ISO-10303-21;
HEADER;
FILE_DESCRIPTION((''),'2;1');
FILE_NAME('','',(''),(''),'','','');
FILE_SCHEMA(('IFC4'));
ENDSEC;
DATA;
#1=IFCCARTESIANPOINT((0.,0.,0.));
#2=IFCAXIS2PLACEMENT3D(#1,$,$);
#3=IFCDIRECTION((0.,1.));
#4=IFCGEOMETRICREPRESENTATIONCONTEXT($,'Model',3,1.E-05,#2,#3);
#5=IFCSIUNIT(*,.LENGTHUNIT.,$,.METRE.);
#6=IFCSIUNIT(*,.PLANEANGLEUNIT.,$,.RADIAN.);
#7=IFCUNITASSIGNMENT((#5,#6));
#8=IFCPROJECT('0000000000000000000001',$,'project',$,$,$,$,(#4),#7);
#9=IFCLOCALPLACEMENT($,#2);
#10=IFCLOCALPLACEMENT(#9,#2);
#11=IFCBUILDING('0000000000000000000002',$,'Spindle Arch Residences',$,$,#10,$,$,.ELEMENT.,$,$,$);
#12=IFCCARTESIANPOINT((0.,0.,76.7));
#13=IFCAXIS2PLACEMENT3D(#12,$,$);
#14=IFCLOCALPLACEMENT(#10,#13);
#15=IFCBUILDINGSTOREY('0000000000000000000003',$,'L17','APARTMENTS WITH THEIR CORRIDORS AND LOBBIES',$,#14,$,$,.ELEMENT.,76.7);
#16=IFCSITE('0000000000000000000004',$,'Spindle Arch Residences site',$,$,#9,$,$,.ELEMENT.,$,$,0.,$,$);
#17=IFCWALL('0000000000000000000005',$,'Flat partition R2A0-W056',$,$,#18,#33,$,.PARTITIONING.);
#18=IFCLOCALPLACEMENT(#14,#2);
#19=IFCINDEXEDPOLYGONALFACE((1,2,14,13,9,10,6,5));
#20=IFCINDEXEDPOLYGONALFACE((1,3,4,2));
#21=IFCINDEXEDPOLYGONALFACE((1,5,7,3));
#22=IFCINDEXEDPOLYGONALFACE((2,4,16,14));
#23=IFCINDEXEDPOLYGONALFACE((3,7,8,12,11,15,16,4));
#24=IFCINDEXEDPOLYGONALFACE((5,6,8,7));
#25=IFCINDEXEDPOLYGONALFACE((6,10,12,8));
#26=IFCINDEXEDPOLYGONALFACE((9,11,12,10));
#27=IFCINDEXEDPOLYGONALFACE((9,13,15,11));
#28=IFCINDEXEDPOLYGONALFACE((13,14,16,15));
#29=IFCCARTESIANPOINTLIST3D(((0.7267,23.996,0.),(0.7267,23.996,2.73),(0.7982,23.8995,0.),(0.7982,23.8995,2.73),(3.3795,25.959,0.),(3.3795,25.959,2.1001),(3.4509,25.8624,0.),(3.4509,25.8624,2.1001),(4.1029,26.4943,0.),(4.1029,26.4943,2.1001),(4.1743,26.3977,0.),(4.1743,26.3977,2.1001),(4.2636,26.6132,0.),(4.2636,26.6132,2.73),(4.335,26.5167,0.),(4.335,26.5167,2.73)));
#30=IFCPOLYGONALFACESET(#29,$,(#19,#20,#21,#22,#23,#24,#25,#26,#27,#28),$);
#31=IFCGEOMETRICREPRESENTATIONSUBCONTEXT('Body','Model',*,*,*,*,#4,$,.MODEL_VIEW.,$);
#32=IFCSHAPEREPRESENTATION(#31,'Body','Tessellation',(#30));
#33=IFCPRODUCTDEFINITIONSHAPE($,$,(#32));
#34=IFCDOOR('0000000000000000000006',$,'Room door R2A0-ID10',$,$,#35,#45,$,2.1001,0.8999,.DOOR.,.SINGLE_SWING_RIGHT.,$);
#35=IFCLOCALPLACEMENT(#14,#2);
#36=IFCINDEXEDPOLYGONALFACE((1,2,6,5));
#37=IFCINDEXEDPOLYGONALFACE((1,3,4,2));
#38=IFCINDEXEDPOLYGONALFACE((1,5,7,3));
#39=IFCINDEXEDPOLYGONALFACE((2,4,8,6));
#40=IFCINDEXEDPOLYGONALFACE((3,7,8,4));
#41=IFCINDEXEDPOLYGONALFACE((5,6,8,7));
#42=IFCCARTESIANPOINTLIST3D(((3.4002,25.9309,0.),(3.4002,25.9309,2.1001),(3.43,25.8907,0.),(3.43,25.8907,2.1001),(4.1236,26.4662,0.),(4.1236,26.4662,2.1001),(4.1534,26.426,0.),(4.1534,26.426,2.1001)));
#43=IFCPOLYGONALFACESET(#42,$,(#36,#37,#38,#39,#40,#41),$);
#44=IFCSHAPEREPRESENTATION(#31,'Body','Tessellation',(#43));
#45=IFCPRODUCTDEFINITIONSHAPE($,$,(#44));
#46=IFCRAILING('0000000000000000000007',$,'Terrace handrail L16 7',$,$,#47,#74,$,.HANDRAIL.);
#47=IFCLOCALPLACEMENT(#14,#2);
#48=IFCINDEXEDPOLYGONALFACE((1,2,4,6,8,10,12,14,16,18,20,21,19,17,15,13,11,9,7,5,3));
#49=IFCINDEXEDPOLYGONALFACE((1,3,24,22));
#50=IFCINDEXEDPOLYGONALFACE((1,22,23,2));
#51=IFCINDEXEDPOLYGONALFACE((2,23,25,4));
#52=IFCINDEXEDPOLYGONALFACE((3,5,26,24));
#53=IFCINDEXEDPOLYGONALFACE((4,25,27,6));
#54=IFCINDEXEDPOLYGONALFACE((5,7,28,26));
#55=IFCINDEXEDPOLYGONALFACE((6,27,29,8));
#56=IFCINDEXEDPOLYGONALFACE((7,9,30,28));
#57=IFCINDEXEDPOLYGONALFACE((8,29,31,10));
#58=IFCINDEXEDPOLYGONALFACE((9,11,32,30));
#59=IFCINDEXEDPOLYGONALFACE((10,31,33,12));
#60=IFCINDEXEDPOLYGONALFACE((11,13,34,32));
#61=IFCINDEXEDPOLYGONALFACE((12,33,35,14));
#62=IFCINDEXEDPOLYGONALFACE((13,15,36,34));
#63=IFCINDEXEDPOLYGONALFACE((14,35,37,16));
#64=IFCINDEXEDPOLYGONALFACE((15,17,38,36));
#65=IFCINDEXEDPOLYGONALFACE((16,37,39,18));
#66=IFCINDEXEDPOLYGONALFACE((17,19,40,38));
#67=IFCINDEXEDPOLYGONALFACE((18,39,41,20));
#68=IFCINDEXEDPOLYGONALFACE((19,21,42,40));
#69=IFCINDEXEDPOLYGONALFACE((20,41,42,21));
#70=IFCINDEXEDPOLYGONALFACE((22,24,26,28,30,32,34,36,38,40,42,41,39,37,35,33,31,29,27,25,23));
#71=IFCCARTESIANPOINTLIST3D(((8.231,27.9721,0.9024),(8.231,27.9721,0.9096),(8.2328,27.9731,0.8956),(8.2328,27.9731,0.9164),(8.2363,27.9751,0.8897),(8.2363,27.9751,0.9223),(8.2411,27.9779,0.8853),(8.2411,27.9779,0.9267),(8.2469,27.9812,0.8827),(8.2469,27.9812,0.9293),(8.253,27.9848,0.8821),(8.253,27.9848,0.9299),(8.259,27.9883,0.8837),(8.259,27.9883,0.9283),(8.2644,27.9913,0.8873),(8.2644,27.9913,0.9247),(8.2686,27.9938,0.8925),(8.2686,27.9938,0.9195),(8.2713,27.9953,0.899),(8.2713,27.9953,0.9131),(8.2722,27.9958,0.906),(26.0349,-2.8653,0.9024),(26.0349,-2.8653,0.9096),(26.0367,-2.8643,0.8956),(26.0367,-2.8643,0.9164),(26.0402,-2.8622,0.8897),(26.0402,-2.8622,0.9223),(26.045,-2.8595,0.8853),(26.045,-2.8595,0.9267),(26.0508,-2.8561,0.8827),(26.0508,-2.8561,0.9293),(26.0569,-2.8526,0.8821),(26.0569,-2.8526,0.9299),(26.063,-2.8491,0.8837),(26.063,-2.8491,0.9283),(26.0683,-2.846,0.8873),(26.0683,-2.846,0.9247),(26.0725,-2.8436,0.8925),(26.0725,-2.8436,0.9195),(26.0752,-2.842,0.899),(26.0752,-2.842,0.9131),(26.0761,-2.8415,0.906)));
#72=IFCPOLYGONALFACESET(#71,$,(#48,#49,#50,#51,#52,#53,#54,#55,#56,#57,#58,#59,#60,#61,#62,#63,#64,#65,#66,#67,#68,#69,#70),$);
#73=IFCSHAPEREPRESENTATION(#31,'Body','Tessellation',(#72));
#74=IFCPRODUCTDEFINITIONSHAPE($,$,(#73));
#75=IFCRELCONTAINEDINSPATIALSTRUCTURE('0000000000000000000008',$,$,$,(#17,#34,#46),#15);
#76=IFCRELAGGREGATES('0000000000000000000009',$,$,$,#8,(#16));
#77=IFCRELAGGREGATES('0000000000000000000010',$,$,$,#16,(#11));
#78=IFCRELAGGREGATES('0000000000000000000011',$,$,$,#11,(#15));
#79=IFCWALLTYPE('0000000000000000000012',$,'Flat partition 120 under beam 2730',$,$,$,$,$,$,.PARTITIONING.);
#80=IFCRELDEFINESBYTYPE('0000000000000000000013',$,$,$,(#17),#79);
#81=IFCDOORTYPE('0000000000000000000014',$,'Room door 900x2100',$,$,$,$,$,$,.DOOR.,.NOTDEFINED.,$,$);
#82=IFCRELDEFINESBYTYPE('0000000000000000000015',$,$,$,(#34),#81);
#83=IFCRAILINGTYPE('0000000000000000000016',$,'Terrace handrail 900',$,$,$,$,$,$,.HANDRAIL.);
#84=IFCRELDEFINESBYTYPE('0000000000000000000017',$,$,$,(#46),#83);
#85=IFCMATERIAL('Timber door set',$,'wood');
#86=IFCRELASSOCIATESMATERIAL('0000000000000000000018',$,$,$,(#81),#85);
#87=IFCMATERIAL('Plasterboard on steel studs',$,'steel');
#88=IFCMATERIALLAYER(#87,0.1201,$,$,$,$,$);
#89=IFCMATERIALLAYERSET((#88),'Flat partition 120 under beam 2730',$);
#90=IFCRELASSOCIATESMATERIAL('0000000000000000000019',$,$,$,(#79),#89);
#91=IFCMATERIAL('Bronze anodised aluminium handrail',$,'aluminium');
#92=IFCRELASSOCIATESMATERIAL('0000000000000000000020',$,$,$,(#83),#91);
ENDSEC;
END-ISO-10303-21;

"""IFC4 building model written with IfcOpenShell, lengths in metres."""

from ifc_helpers import new_model, si_unit, direction, frame, frame_2d, origin, origin_2d, place, context, subcontext, project, spatial, rectangle, circle, extrude, material, layer, layer_set, type_object, element, fill, save


model = new_model("IFC4")

# Units and contexts
model_context = context("Model", 3, precision=1e-05, world=origin(), true_north=direction((0.0, 1.0)))
body_context = subcontext(model_context, "Body", "Model", "MODEL_VIEW")
ifc_project = project(units=[si_unit("LENGTHUNIT", "METRE"), si_unit("PLANEANGLEUNIT", "RADIAN")], contexts=[model_context])

# Site, building, storey
site_placement = place(None, origin())
site = spatial("IfcSite", under=ifc_project, at=site_placement, Name="Spindle Arch Residences site", CompositionType="ELEMENT", RefElevation=0.0)
building_placement = place(site_placement, origin())
building = spatial("IfcBuilding", under=site, at=building_placement, Name="Spindle Arch Residences", CompositionType="ELEMENT")
storey_placement = place(building_placement, frame((0.0, 0.0, 76.7)))
storey = spatial("IfcBuildingStorey", under=building, at=storey_placement, Name="L17", Description="APARTMENTS WITH THEIR CORRIDORS AND LOBBIES", CompositionType="ELEMENT", Elevation=76.7)

# Shared definitions
ifc_material_1 = material(Name="Timber door set", Category="wood")
door_type_1 = type_object("IfcDoorType", Name="Room door 900x2100", OperationType="NOTDEFINED", PredefinedType="DOOR", material=ifc_material_1)

# Wall, opening, door
ifc_material_2 = material(Name="Plasterboard on steel studs", Category="steel")
ifc_layer_1 = layer(ifc_material_2, 0.1201)
ifc_layer_set_1 = layer_set([ifc_layer_1], Name="Flat partition 120 under beam 2730")
wall_type_1 = type_object("IfcWallType", Name="Flat partition 120 under beam 2730", PredefinedType="PARTITIONING", material=ifc_layer_set_1)
wall_1_placement = place(storey_placement, frame((4.2993, 26.5649, 0.0), z_axis=(0.0, 0.0, 1.0), x_axis=(-0.803852, -0.594829, 0.0)))
wall_1 = element("IfcWall", 1, at=wall_1_placement, inside=storey, type_object=wall_type_1, Name="Flat partition R2A0-W056", PredefinedType="PARTITIONING", context=body_context, shape_type="SweptSolid", body=[
    extrude(rectangle(XDim=4.3999, YDim=0.1201, at=frame_2d((2.2, 0.0))), origin(), (0.0, 0.0, 1.0), 2.73),
])
opening_1_placement = place(wall_1_placement, frame((0.2, 0.0, 0.0)))
opening_1 = element("IfcOpeningElement", 2, at=opening_1_placement, cuts=wall_1, PredefinedType="OPENING", context=body_context, shape_type="SweptSolid", body=[
    extrude(rectangle(XDim=0.8999, YDim=2.1001, at=frame_2d((0.45, 1.05))), frame((0.0, 0.0701, 0.0), z_axis=(0.0, -1.0, 0.0), x_axis=(1.0, 0.0, 0.0)), (0.0, 0.0, 1.0), 0.1401),
])
door_1_placement = place(opening_1_placement, origin())
door_1 = element("IfcDoor", 3, at=door_1_placement, inside=storey, type_object=door_type_1, Name="Room door R2A0-ID10", OperationType="SINGLE_SWING_RIGHT", OverallHeight=2.1001, OverallWidth=0.8999, PredefinedType="DOOR", context=body_context, shape_type="SweptSolid", body=[
    extrude(rectangle(XDim=0.8999, YDim=2.1001, at=frame_2d((0.45, 1.05))), frame((0.0, 0.0249, 0.0), z_axis=(0.0, -1.0, 0.0), x_axis=(1.0, 0.0, 0.0)), (0.0, 0.0, 1.0), 0.05),
])
fill(opening_1, door_1)

# Railing
ifc_material_3 = material(Name="Bronze anodised aluminium handrail", Category="aluminium")
railing_type_1 = type_object("IfcRailingType", Name="Terrace handrail 900", PredefinedType="HANDRAIL", material=ifc_material_3)
railing_1_placement = place(storey_placement, frame((8.2515, 27.9839, 0.03)))
element("IfcRailing", 4, at=railing_1_placement, inside=storey, type_object=railing_type_1, Name="Terrace handrail L16 7", PredefinedType="HANDRAIL", context=body_context, shape_type="SweptSolid", body=[
    extrude(circle(Radius=0.0239, at=origin_2d()), frame((0.0, 0.0, 0.876), z_axis=(0.499999, -0.866026, 0.0), x_axis=(0.866026, 0.499999, 0.0)), (0.0, 0.0, 1.0), 35.6079),
])

save(model, "model.ifc")
